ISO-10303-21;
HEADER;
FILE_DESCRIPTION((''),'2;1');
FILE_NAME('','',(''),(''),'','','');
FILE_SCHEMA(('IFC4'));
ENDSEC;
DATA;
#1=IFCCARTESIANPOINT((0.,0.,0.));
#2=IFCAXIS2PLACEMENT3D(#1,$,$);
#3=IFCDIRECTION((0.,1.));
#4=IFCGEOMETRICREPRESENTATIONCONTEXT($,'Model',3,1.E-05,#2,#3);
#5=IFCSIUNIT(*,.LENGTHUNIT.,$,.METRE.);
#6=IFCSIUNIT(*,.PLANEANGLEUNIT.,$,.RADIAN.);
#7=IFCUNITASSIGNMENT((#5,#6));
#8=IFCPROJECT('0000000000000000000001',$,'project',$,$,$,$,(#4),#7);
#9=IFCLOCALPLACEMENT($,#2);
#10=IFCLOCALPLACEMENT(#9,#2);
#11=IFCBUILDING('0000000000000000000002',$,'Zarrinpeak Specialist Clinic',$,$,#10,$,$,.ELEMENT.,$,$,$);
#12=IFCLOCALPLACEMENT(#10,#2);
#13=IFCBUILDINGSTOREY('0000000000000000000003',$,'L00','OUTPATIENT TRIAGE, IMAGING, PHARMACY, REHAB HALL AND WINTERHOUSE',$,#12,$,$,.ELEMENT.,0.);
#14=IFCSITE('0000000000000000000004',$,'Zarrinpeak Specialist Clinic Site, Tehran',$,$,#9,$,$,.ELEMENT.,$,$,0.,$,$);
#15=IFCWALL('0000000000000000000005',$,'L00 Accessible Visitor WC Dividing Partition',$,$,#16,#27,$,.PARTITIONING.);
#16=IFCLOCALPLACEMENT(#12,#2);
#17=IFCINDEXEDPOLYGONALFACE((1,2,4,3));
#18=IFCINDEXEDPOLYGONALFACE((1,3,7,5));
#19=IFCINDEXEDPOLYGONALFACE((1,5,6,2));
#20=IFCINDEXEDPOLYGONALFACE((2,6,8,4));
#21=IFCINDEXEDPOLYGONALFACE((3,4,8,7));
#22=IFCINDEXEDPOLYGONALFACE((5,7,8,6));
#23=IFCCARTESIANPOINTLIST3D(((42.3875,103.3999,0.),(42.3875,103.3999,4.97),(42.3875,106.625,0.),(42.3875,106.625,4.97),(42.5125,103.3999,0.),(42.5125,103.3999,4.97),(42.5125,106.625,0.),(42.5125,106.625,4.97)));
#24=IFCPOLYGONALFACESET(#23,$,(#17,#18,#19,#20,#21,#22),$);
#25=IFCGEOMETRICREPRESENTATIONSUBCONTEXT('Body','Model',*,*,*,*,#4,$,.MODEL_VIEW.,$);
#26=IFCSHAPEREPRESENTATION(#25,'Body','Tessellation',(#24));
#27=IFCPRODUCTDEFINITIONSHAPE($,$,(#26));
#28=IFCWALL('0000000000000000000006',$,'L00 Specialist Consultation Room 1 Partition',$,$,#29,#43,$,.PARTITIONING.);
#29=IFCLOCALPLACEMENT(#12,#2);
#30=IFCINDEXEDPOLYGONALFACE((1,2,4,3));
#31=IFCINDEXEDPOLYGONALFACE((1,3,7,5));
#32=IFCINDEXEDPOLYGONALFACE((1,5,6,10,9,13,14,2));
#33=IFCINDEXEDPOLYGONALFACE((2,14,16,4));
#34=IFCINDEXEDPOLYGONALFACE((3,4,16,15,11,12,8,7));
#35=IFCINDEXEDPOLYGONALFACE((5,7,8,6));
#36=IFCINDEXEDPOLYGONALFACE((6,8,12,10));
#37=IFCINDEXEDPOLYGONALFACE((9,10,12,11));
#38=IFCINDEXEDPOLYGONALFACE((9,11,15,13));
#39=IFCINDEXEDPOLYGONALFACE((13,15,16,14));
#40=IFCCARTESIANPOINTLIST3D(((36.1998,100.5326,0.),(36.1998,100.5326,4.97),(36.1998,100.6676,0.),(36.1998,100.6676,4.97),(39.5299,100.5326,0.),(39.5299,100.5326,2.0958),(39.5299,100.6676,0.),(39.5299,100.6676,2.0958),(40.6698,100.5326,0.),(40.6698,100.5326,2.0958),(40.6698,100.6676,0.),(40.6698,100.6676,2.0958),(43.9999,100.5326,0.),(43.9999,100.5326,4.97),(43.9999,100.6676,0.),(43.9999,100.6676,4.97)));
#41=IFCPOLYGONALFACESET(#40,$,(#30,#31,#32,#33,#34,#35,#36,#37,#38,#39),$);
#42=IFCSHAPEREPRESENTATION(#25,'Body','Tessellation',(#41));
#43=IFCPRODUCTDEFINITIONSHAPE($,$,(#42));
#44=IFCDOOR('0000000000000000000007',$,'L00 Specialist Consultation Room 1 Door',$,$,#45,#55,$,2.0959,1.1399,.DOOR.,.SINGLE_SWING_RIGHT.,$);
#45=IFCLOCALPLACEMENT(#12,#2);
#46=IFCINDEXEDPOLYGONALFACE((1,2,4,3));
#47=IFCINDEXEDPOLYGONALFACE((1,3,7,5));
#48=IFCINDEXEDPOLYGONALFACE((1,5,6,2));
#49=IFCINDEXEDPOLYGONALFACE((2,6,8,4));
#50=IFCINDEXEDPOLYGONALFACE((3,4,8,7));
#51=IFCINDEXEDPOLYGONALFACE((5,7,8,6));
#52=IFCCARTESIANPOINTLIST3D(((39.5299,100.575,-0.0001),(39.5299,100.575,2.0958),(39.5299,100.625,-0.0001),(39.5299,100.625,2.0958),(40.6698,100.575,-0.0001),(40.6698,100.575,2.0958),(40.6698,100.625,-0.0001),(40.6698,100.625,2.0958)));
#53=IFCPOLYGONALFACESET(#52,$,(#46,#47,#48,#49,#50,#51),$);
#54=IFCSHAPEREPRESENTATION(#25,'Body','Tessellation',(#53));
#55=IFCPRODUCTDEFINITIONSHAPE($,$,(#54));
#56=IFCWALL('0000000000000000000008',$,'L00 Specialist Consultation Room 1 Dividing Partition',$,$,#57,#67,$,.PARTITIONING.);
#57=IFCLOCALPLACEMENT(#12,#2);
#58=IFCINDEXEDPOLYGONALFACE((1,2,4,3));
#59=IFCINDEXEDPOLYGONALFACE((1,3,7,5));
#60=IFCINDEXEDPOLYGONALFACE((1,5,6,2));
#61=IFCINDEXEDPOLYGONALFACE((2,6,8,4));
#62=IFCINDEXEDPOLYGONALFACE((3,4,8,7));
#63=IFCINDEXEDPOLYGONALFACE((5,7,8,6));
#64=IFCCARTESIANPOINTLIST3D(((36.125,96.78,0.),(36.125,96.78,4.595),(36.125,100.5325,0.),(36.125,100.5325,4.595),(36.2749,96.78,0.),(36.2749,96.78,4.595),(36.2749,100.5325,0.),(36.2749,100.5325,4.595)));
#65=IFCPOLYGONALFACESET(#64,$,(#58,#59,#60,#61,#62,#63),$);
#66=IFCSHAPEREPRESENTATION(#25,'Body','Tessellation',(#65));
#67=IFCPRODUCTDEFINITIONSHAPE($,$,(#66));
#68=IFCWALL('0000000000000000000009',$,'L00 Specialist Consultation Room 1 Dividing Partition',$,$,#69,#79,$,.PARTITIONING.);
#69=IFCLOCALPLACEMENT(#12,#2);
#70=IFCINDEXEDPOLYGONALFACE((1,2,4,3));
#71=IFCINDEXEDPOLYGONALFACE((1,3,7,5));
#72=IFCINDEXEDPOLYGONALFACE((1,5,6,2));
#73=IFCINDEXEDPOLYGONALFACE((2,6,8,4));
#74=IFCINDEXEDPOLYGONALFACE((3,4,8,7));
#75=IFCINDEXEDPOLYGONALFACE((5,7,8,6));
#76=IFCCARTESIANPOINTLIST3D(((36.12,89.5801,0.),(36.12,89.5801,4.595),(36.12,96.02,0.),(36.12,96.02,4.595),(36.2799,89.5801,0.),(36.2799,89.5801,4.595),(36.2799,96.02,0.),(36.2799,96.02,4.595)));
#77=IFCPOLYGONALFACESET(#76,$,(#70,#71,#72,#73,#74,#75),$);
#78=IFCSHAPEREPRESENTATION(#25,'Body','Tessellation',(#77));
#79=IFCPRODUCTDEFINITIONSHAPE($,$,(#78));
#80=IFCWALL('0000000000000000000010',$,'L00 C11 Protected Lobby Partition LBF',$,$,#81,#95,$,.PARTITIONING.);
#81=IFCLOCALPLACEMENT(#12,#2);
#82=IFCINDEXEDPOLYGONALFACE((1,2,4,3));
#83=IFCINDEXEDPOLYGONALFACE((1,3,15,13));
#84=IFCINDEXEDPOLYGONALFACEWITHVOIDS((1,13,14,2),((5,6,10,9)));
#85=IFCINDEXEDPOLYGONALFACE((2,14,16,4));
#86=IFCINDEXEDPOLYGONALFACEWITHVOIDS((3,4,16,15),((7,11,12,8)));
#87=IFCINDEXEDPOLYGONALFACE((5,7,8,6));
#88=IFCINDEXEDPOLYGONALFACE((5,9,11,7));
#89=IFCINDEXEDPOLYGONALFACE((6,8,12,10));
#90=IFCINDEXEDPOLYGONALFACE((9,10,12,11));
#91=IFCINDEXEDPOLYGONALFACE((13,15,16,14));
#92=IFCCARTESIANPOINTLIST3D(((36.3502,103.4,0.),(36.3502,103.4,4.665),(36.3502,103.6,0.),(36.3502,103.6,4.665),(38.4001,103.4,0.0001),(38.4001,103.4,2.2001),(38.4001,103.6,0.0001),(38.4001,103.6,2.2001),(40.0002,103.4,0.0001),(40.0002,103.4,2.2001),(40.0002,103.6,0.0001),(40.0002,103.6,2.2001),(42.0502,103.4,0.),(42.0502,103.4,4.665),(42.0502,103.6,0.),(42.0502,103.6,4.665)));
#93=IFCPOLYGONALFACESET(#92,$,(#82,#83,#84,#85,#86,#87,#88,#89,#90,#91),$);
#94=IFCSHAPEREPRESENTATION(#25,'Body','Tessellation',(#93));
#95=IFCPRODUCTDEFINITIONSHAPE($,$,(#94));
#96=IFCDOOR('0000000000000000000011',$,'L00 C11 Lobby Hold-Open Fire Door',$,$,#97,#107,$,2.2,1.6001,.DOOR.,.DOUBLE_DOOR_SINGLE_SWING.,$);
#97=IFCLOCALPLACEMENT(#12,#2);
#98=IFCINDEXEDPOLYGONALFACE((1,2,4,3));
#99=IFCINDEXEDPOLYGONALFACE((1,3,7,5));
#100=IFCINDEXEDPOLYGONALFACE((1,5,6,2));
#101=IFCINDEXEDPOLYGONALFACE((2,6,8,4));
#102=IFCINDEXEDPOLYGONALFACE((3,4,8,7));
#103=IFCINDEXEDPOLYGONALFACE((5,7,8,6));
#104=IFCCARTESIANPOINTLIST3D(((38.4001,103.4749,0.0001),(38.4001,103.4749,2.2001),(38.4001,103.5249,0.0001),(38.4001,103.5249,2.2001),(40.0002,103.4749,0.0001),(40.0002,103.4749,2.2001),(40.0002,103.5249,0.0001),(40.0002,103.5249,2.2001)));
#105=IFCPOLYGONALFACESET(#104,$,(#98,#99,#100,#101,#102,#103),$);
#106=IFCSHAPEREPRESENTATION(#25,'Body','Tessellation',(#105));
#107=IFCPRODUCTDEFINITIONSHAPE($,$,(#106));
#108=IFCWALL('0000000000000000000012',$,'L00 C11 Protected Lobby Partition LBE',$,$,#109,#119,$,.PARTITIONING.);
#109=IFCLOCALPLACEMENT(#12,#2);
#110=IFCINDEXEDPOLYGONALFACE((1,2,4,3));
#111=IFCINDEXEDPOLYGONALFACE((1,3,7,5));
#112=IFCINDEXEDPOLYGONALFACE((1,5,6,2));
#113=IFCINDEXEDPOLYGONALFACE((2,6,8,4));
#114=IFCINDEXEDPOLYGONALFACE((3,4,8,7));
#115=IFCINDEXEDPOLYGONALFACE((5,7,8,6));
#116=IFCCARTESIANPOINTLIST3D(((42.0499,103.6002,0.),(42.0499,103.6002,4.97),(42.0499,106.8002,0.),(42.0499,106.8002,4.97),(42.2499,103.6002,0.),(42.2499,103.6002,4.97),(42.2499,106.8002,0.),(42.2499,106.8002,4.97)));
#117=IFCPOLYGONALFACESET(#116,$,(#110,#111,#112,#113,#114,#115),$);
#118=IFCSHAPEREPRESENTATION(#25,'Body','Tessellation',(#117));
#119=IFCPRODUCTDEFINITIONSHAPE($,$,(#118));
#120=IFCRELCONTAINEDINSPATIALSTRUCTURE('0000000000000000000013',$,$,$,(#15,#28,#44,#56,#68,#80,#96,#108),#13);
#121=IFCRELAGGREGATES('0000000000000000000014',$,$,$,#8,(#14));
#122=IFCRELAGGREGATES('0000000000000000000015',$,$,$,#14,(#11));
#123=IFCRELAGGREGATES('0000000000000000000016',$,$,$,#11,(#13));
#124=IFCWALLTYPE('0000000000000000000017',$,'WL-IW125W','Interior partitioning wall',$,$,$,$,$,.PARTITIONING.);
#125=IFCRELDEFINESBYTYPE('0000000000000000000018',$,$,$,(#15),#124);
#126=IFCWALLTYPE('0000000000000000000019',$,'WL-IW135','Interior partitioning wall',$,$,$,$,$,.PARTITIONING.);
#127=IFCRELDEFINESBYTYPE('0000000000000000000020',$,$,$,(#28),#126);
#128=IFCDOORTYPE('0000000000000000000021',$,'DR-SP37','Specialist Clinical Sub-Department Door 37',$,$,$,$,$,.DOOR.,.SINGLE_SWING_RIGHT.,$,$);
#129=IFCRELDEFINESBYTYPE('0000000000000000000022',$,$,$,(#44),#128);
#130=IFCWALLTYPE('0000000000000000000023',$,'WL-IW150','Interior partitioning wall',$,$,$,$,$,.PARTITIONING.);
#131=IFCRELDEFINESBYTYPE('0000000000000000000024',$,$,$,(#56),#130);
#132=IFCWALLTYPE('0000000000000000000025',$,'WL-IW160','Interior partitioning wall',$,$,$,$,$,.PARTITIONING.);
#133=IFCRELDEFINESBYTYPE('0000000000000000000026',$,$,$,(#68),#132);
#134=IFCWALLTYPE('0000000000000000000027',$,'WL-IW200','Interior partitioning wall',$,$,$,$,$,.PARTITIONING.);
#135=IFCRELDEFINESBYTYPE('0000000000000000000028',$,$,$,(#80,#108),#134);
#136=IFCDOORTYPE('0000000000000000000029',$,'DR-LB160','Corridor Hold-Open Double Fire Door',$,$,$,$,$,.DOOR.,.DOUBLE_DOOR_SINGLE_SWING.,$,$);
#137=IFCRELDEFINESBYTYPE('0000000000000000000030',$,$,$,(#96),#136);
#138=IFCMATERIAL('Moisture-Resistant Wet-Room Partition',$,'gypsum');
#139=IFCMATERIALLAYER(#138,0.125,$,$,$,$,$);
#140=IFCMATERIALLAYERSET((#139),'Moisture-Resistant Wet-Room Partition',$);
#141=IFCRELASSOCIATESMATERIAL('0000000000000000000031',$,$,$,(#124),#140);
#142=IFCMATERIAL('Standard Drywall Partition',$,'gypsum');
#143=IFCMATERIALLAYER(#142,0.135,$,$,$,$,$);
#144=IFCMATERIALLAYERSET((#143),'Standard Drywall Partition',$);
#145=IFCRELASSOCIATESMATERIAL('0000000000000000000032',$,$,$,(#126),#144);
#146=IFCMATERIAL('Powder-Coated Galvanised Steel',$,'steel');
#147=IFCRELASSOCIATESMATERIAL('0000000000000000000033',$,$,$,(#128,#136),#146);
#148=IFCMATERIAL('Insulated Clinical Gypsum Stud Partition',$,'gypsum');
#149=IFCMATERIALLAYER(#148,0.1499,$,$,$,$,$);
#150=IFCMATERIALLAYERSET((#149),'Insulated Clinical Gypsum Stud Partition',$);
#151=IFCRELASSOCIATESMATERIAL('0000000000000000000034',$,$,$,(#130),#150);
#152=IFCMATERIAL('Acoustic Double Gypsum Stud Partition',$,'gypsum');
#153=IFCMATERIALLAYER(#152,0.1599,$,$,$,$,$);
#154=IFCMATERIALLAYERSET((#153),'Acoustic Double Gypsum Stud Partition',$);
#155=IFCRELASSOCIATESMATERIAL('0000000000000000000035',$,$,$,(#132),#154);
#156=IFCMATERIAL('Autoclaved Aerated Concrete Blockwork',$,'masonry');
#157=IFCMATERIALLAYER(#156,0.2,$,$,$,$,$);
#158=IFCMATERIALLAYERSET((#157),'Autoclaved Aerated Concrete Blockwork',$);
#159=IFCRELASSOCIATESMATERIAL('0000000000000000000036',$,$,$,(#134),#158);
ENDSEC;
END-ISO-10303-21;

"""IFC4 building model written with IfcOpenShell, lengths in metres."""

from ifc_helpers import new_model, si_unit, direction, frame, frame_2d, origin, place, context, subcontext, project, spatial, rectangle, extrude, material, layer, layer_set, type_object, element, fill, save


model = new_model("IFC4")

# Units and contexts
model_context = context("Model", 3, precision=1e-05, world=origin(), true_north=direction((0.0, 1.0)))
body_context = subcontext(model_context, "Body", "Model", "MODEL_VIEW")
ifc_project = project(units=[si_unit("LENGTHUNIT", "METRE"), si_unit("PLANEANGLEUNIT", "RADIAN")], contexts=[model_context])

# Site, building, storey
site_placement = place(None, origin())
site = spatial("IfcSite", under=ifc_project, at=site_placement, Name="Zarrinpeak Specialist Clinic Site, Tehran", CompositionType="ELEMENT", RefElevation=0.0)
building_placement = place(site_placement, origin())
building = spatial("IfcBuilding", under=site, at=building_placement, Name="Zarrinpeak Specialist Clinic", CompositionType="ELEMENT")
storey_placement = place(building_placement, origin())
storey = spatial("IfcBuildingStorey", under=building, at=storey_placement, Name="L00", Description="OUTPATIENT TRIAGE, IMAGING, PHARMACY, REHAB HALL AND WINTERHOUSE", CompositionType="ELEMENT", Elevation=0.0)

# Shared definitions
ifc_material_1 = material(Name="Powder-Coated Galvanised Steel", Category="steel")

# Wall
ifc_material_2 = material(Name="Moisture-Resistant Wet-Room Partition", Category="gypsum")
ifc_layer_1 = layer(ifc_material_2, 0.125)
ifc_layer_set_1 = layer_set([ifc_layer_1], Name="Moisture-Resistant Wet-Room Partition")
wall_type_1 = type_object("IfcWallType", Name="WL-IW125W", Description="Interior partitioning wall", PredefinedType="PARTITIONING", material=ifc_layer_set_1)
wall_1_placement = place(storey_placement, frame((42.45, 103.3999, 0.0), z_axis=(0.0, 0.0, 1.0), x_axis=(0.0, 1.0, 0.0)))
element("IfcWall", 1, at=wall_1_placement, inside=storey, type_object=wall_type_1, Name="L00 Accessible Visitor WC Dividing Partition", PredefinedType="PARTITIONING", context=body_context, shape_type="SweptSolid", body=[
    extrude(rectangle(XDim=3.2251, YDim=0.125, at=frame_2d((1.6125, 0.0))), origin(), (0.0, 0.0, 1.0), 4.97),
])

# Wall, opening, door
ifc_material_3 = material(Name="Standard Drywall Partition", Category="gypsum")
ifc_layer_2 = layer(ifc_material_3, 0.135)
ifc_layer_set_2 = layer_set([ifc_layer_2], Name="Standard Drywall Partition")
wall_type_2 = type_object("IfcWallType", Name="WL-IW135", Description="Interior partitioning wall", PredefinedType="PARTITIONING", material=ifc_layer_set_2)
wall_2_placement = place(storey_placement, frame((36.2, 100.6001, 0.0), z_axis=(0.0, 0.0, 1.0), x_axis=(1.0, 0.0, 0.0)))
wall_2 = element("IfcWall", 2, at=wall_2_placement, inside=storey, type_object=wall_type_2, Name="L00 Specialist Consultation Room 1 Partition", PredefinedType="PARTITIONING", context=body_context, shape_type="SweptSolid", body=[
    extrude(rectangle(XDim=7.8, YDim=0.135, at=frame_2d((3.8999, 0.0))), origin(), (0.0, 0.0, 1.0), 4.97),
])
opening_1_placement = place(wall_2_placement, frame((3.3301, 0.0, 0.0)))
opening_1 = element("IfcOpeningElement", 3, at=opening_1_placement, cuts=wall_2, PredefinedType="OPENING", context=body_context, shape_type="SweptSolid", body=[
    extrude(rectangle(XDim=1.1399, YDim=2.0959, at=frame_2d((0.5698, 1.0479))), frame((0.0, 0.0776, 0.0), z_axis=(0.0, -1.0, 0.0), x_axis=(1.0, 0.0, 0.0)), (0.0, 0.0, 1.0), 0.155),
])
door_type_1 = type_object("IfcDoorType", Name="DR-SP37", Description="Specialist Clinical Sub-Department Door 37", OperationType="SINGLE_SWING_RIGHT", PredefinedType="DOOR", material=ifc_material_1)
door_1_placement = place(opening_1_placement, origin())
door_1 = element("IfcDoor", 4, at=door_1_placement, inside=storey, type_object=door_type_1, Name="L00 Specialist Consultation Room 1 Door", OperationType="SINGLE_SWING_RIGHT", OverallHeight=2.0959, OverallWidth=1.1399, PredefinedType="DOOR", context=body_context, shape_type="SweptSolid", body=[
    extrude(rectangle(XDim=1.1399, YDim=2.0959, at=frame_2d((0.5698, 1.0479))), frame((0.0, 0.0249, 0.0), z_axis=(0.0, -1.0, 0.0), x_axis=(1.0, 0.0, 0.0)), (0.0, 0.0, 1.0), 0.05),
])
fill(opening_1, door_1)

# Walls
ifc_material_4 = material(Name="Insulated Clinical Gypsum Stud Partition", Category="gypsum")
ifc_layer_3 = layer(ifc_material_4, 0.1499)
ifc_layer_set_3 = layer_set([ifc_layer_3], Name="Insulated Clinical Gypsum Stud Partition")
wall_type_3 = type_object("IfcWallType", Name="WL-IW150", Description="Interior partitioning wall", PredefinedType="PARTITIONING", material=ifc_layer_set_3)
wall_3_placement = place(storey_placement, frame((36.2, 96.78, 0.0), z_axis=(0.0, 0.0, 1.0), x_axis=(0.0, 1.0, 0.0)))
element("IfcWall", 5, at=wall_3_placement, inside=storey, type_object=wall_type_3, Name="L00 Specialist Consultation Room 1 Dividing Partition", PredefinedType="PARTITIONING", context=body_context, shape_type="SweptSolid", body=[
    extrude(rectangle(XDim=3.7524, YDim=0.1499, at=frame_2d((1.8762, 0.0))), origin(), (0.0, 0.0, 1.0), 4.595),
])
ifc_material_5 = material(Name="Acoustic Double Gypsum Stud Partition", Category="gypsum")
ifc_layer_4 = layer(ifc_material_5, 0.1599)
ifc_layer_set_4 = layer_set([ifc_layer_4], Name="Acoustic Double Gypsum Stud Partition")
wall_type_4 = type_object("IfcWallType", Name="WL-IW160", Description="Interior partitioning wall", PredefinedType="PARTITIONING", material=ifc_layer_set_4)
wall_4_placement = place(storey_placement, frame((36.2, 89.5801, 0.0), z_axis=(0.0, 0.0, 1.0), x_axis=(0.0, 1.0, 0.0)))
element("IfcWall", 6, at=wall_4_placement, inside=storey, type_object=wall_type_4, Name="L00 Specialist Consultation Room 1 Dividing Partition", PredefinedType="PARTITIONING", context=body_context, shape_type="SweptSolid", body=[
    extrude(rectangle(XDim=6.4399, YDim=0.1599, at=frame_2d((3.22, 0.0))), origin(), (0.0, 0.0, 1.0), 4.595),
])

# Wall, opening, door
ifc_material_6 = material(Name="Autoclaved Aerated Concrete Blockwork", Category="masonry")
ifc_layer_5 = layer(ifc_material_6, 0.2)
ifc_layer_set_5 = layer_set([ifc_layer_5], Name="Autoclaved Aerated Concrete Blockwork")
wall_type_5 = type_object("IfcWallType", Name="WL-IW200", Description="Interior partitioning wall", PredefinedType="PARTITIONING", material=ifc_layer_set_5)
wall_5_placement = place(storey_placement, frame((36.3501, 103.5, 0.0), z_axis=(0.0, 0.0, 1.0), x_axis=(1.0, 0.0, 0.0)))
wall_5 = element("IfcWall", 7, at=wall_5_placement, inside=storey, type_object=wall_type_5, Name="L00 C11 Protected Lobby Partition LBF", PredefinedType="PARTITIONING", context=body_context, shape_type="SweptSolid", body=[
    extrude(rectangle(XDim=5.7, YDim=0.2, at=frame_2d((2.8501, 0.0))), origin(), (0.0, 0.0, 1.0), 4.665),
])
opening_2_placement = place(wall_5_placement, frame((2.05, 0.0, 0.0)))
opening_2 = element("IfcOpeningElement", 8, at=opening_2_placement, cuts=wall_5, PredefinedType="OPENING", context=body_context, shape_type="SweptSolid", body=[
    extrude(rectangle(XDim=1.6001, YDim=2.2, at=frame_2d((0.8, 1.1001))), frame((0.0, 0.1099, 0.0), z_axis=(0.0, -1.0, 0.0), x_axis=(1.0, 0.0, 0.0)), (0.0, 0.0, 1.0), 0.22),
])
door_type_2 = type_object("IfcDoorType", Name="DR-LB160", Description="Corridor Hold-Open Double Fire Door", OperationType="DOUBLE_DOOR_SINGLE_SWING", PredefinedType="DOOR", material=ifc_material_1)
door_2_placement = place(opening_2_placement, origin())
door_2 = element("IfcDoor", 9, at=door_2_placement, inside=storey, type_object=door_type_2, Name="L00 C11 Lobby Hold-Open Fire Door", OperationType="DOUBLE_DOOR_SINGLE_SWING", OverallHeight=2.2, OverallWidth=1.6001, PredefinedType="DOOR", context=body_context, shape_type="SweptSolid", body=[
    extrude(rectangle(XDim=1.6001, YDim=2.2, at=frame_2d((0.8, 1.1001))), frame((0.0, 0.0249, 0.0), z_axis=(0.0, -1.0, 0.0), x_axis=(1.0, 0.0, 0.0)), (0.0, 0.0, 1.0), 0.05),
])
fill(opening_2, door_2)

# Wall
wall_6_placement = place(storey_placement, frame((42.1499, 103.6001, 0.0), z_axis=(0.0, 0.0, 1.0), x_axis=(0.0, 1.0, 0.0)))
element("IfcWall", 10, at=wall_6_placement, inside=storey, type_object=wall_type_5, Name="L00 C11 Protected Lobby Partition LBE", PredefinedType="PARTITIONING", context=body_context, shape_type="SweptSolid", body=[
    extrude(rectangle(XDim=3.2, YDim=0.2, at=frame_2d((1.6001, 0.0))), origin(), (0.0, 0.0, 1.0), 4.97),
])

save(model, "model.ifc")
